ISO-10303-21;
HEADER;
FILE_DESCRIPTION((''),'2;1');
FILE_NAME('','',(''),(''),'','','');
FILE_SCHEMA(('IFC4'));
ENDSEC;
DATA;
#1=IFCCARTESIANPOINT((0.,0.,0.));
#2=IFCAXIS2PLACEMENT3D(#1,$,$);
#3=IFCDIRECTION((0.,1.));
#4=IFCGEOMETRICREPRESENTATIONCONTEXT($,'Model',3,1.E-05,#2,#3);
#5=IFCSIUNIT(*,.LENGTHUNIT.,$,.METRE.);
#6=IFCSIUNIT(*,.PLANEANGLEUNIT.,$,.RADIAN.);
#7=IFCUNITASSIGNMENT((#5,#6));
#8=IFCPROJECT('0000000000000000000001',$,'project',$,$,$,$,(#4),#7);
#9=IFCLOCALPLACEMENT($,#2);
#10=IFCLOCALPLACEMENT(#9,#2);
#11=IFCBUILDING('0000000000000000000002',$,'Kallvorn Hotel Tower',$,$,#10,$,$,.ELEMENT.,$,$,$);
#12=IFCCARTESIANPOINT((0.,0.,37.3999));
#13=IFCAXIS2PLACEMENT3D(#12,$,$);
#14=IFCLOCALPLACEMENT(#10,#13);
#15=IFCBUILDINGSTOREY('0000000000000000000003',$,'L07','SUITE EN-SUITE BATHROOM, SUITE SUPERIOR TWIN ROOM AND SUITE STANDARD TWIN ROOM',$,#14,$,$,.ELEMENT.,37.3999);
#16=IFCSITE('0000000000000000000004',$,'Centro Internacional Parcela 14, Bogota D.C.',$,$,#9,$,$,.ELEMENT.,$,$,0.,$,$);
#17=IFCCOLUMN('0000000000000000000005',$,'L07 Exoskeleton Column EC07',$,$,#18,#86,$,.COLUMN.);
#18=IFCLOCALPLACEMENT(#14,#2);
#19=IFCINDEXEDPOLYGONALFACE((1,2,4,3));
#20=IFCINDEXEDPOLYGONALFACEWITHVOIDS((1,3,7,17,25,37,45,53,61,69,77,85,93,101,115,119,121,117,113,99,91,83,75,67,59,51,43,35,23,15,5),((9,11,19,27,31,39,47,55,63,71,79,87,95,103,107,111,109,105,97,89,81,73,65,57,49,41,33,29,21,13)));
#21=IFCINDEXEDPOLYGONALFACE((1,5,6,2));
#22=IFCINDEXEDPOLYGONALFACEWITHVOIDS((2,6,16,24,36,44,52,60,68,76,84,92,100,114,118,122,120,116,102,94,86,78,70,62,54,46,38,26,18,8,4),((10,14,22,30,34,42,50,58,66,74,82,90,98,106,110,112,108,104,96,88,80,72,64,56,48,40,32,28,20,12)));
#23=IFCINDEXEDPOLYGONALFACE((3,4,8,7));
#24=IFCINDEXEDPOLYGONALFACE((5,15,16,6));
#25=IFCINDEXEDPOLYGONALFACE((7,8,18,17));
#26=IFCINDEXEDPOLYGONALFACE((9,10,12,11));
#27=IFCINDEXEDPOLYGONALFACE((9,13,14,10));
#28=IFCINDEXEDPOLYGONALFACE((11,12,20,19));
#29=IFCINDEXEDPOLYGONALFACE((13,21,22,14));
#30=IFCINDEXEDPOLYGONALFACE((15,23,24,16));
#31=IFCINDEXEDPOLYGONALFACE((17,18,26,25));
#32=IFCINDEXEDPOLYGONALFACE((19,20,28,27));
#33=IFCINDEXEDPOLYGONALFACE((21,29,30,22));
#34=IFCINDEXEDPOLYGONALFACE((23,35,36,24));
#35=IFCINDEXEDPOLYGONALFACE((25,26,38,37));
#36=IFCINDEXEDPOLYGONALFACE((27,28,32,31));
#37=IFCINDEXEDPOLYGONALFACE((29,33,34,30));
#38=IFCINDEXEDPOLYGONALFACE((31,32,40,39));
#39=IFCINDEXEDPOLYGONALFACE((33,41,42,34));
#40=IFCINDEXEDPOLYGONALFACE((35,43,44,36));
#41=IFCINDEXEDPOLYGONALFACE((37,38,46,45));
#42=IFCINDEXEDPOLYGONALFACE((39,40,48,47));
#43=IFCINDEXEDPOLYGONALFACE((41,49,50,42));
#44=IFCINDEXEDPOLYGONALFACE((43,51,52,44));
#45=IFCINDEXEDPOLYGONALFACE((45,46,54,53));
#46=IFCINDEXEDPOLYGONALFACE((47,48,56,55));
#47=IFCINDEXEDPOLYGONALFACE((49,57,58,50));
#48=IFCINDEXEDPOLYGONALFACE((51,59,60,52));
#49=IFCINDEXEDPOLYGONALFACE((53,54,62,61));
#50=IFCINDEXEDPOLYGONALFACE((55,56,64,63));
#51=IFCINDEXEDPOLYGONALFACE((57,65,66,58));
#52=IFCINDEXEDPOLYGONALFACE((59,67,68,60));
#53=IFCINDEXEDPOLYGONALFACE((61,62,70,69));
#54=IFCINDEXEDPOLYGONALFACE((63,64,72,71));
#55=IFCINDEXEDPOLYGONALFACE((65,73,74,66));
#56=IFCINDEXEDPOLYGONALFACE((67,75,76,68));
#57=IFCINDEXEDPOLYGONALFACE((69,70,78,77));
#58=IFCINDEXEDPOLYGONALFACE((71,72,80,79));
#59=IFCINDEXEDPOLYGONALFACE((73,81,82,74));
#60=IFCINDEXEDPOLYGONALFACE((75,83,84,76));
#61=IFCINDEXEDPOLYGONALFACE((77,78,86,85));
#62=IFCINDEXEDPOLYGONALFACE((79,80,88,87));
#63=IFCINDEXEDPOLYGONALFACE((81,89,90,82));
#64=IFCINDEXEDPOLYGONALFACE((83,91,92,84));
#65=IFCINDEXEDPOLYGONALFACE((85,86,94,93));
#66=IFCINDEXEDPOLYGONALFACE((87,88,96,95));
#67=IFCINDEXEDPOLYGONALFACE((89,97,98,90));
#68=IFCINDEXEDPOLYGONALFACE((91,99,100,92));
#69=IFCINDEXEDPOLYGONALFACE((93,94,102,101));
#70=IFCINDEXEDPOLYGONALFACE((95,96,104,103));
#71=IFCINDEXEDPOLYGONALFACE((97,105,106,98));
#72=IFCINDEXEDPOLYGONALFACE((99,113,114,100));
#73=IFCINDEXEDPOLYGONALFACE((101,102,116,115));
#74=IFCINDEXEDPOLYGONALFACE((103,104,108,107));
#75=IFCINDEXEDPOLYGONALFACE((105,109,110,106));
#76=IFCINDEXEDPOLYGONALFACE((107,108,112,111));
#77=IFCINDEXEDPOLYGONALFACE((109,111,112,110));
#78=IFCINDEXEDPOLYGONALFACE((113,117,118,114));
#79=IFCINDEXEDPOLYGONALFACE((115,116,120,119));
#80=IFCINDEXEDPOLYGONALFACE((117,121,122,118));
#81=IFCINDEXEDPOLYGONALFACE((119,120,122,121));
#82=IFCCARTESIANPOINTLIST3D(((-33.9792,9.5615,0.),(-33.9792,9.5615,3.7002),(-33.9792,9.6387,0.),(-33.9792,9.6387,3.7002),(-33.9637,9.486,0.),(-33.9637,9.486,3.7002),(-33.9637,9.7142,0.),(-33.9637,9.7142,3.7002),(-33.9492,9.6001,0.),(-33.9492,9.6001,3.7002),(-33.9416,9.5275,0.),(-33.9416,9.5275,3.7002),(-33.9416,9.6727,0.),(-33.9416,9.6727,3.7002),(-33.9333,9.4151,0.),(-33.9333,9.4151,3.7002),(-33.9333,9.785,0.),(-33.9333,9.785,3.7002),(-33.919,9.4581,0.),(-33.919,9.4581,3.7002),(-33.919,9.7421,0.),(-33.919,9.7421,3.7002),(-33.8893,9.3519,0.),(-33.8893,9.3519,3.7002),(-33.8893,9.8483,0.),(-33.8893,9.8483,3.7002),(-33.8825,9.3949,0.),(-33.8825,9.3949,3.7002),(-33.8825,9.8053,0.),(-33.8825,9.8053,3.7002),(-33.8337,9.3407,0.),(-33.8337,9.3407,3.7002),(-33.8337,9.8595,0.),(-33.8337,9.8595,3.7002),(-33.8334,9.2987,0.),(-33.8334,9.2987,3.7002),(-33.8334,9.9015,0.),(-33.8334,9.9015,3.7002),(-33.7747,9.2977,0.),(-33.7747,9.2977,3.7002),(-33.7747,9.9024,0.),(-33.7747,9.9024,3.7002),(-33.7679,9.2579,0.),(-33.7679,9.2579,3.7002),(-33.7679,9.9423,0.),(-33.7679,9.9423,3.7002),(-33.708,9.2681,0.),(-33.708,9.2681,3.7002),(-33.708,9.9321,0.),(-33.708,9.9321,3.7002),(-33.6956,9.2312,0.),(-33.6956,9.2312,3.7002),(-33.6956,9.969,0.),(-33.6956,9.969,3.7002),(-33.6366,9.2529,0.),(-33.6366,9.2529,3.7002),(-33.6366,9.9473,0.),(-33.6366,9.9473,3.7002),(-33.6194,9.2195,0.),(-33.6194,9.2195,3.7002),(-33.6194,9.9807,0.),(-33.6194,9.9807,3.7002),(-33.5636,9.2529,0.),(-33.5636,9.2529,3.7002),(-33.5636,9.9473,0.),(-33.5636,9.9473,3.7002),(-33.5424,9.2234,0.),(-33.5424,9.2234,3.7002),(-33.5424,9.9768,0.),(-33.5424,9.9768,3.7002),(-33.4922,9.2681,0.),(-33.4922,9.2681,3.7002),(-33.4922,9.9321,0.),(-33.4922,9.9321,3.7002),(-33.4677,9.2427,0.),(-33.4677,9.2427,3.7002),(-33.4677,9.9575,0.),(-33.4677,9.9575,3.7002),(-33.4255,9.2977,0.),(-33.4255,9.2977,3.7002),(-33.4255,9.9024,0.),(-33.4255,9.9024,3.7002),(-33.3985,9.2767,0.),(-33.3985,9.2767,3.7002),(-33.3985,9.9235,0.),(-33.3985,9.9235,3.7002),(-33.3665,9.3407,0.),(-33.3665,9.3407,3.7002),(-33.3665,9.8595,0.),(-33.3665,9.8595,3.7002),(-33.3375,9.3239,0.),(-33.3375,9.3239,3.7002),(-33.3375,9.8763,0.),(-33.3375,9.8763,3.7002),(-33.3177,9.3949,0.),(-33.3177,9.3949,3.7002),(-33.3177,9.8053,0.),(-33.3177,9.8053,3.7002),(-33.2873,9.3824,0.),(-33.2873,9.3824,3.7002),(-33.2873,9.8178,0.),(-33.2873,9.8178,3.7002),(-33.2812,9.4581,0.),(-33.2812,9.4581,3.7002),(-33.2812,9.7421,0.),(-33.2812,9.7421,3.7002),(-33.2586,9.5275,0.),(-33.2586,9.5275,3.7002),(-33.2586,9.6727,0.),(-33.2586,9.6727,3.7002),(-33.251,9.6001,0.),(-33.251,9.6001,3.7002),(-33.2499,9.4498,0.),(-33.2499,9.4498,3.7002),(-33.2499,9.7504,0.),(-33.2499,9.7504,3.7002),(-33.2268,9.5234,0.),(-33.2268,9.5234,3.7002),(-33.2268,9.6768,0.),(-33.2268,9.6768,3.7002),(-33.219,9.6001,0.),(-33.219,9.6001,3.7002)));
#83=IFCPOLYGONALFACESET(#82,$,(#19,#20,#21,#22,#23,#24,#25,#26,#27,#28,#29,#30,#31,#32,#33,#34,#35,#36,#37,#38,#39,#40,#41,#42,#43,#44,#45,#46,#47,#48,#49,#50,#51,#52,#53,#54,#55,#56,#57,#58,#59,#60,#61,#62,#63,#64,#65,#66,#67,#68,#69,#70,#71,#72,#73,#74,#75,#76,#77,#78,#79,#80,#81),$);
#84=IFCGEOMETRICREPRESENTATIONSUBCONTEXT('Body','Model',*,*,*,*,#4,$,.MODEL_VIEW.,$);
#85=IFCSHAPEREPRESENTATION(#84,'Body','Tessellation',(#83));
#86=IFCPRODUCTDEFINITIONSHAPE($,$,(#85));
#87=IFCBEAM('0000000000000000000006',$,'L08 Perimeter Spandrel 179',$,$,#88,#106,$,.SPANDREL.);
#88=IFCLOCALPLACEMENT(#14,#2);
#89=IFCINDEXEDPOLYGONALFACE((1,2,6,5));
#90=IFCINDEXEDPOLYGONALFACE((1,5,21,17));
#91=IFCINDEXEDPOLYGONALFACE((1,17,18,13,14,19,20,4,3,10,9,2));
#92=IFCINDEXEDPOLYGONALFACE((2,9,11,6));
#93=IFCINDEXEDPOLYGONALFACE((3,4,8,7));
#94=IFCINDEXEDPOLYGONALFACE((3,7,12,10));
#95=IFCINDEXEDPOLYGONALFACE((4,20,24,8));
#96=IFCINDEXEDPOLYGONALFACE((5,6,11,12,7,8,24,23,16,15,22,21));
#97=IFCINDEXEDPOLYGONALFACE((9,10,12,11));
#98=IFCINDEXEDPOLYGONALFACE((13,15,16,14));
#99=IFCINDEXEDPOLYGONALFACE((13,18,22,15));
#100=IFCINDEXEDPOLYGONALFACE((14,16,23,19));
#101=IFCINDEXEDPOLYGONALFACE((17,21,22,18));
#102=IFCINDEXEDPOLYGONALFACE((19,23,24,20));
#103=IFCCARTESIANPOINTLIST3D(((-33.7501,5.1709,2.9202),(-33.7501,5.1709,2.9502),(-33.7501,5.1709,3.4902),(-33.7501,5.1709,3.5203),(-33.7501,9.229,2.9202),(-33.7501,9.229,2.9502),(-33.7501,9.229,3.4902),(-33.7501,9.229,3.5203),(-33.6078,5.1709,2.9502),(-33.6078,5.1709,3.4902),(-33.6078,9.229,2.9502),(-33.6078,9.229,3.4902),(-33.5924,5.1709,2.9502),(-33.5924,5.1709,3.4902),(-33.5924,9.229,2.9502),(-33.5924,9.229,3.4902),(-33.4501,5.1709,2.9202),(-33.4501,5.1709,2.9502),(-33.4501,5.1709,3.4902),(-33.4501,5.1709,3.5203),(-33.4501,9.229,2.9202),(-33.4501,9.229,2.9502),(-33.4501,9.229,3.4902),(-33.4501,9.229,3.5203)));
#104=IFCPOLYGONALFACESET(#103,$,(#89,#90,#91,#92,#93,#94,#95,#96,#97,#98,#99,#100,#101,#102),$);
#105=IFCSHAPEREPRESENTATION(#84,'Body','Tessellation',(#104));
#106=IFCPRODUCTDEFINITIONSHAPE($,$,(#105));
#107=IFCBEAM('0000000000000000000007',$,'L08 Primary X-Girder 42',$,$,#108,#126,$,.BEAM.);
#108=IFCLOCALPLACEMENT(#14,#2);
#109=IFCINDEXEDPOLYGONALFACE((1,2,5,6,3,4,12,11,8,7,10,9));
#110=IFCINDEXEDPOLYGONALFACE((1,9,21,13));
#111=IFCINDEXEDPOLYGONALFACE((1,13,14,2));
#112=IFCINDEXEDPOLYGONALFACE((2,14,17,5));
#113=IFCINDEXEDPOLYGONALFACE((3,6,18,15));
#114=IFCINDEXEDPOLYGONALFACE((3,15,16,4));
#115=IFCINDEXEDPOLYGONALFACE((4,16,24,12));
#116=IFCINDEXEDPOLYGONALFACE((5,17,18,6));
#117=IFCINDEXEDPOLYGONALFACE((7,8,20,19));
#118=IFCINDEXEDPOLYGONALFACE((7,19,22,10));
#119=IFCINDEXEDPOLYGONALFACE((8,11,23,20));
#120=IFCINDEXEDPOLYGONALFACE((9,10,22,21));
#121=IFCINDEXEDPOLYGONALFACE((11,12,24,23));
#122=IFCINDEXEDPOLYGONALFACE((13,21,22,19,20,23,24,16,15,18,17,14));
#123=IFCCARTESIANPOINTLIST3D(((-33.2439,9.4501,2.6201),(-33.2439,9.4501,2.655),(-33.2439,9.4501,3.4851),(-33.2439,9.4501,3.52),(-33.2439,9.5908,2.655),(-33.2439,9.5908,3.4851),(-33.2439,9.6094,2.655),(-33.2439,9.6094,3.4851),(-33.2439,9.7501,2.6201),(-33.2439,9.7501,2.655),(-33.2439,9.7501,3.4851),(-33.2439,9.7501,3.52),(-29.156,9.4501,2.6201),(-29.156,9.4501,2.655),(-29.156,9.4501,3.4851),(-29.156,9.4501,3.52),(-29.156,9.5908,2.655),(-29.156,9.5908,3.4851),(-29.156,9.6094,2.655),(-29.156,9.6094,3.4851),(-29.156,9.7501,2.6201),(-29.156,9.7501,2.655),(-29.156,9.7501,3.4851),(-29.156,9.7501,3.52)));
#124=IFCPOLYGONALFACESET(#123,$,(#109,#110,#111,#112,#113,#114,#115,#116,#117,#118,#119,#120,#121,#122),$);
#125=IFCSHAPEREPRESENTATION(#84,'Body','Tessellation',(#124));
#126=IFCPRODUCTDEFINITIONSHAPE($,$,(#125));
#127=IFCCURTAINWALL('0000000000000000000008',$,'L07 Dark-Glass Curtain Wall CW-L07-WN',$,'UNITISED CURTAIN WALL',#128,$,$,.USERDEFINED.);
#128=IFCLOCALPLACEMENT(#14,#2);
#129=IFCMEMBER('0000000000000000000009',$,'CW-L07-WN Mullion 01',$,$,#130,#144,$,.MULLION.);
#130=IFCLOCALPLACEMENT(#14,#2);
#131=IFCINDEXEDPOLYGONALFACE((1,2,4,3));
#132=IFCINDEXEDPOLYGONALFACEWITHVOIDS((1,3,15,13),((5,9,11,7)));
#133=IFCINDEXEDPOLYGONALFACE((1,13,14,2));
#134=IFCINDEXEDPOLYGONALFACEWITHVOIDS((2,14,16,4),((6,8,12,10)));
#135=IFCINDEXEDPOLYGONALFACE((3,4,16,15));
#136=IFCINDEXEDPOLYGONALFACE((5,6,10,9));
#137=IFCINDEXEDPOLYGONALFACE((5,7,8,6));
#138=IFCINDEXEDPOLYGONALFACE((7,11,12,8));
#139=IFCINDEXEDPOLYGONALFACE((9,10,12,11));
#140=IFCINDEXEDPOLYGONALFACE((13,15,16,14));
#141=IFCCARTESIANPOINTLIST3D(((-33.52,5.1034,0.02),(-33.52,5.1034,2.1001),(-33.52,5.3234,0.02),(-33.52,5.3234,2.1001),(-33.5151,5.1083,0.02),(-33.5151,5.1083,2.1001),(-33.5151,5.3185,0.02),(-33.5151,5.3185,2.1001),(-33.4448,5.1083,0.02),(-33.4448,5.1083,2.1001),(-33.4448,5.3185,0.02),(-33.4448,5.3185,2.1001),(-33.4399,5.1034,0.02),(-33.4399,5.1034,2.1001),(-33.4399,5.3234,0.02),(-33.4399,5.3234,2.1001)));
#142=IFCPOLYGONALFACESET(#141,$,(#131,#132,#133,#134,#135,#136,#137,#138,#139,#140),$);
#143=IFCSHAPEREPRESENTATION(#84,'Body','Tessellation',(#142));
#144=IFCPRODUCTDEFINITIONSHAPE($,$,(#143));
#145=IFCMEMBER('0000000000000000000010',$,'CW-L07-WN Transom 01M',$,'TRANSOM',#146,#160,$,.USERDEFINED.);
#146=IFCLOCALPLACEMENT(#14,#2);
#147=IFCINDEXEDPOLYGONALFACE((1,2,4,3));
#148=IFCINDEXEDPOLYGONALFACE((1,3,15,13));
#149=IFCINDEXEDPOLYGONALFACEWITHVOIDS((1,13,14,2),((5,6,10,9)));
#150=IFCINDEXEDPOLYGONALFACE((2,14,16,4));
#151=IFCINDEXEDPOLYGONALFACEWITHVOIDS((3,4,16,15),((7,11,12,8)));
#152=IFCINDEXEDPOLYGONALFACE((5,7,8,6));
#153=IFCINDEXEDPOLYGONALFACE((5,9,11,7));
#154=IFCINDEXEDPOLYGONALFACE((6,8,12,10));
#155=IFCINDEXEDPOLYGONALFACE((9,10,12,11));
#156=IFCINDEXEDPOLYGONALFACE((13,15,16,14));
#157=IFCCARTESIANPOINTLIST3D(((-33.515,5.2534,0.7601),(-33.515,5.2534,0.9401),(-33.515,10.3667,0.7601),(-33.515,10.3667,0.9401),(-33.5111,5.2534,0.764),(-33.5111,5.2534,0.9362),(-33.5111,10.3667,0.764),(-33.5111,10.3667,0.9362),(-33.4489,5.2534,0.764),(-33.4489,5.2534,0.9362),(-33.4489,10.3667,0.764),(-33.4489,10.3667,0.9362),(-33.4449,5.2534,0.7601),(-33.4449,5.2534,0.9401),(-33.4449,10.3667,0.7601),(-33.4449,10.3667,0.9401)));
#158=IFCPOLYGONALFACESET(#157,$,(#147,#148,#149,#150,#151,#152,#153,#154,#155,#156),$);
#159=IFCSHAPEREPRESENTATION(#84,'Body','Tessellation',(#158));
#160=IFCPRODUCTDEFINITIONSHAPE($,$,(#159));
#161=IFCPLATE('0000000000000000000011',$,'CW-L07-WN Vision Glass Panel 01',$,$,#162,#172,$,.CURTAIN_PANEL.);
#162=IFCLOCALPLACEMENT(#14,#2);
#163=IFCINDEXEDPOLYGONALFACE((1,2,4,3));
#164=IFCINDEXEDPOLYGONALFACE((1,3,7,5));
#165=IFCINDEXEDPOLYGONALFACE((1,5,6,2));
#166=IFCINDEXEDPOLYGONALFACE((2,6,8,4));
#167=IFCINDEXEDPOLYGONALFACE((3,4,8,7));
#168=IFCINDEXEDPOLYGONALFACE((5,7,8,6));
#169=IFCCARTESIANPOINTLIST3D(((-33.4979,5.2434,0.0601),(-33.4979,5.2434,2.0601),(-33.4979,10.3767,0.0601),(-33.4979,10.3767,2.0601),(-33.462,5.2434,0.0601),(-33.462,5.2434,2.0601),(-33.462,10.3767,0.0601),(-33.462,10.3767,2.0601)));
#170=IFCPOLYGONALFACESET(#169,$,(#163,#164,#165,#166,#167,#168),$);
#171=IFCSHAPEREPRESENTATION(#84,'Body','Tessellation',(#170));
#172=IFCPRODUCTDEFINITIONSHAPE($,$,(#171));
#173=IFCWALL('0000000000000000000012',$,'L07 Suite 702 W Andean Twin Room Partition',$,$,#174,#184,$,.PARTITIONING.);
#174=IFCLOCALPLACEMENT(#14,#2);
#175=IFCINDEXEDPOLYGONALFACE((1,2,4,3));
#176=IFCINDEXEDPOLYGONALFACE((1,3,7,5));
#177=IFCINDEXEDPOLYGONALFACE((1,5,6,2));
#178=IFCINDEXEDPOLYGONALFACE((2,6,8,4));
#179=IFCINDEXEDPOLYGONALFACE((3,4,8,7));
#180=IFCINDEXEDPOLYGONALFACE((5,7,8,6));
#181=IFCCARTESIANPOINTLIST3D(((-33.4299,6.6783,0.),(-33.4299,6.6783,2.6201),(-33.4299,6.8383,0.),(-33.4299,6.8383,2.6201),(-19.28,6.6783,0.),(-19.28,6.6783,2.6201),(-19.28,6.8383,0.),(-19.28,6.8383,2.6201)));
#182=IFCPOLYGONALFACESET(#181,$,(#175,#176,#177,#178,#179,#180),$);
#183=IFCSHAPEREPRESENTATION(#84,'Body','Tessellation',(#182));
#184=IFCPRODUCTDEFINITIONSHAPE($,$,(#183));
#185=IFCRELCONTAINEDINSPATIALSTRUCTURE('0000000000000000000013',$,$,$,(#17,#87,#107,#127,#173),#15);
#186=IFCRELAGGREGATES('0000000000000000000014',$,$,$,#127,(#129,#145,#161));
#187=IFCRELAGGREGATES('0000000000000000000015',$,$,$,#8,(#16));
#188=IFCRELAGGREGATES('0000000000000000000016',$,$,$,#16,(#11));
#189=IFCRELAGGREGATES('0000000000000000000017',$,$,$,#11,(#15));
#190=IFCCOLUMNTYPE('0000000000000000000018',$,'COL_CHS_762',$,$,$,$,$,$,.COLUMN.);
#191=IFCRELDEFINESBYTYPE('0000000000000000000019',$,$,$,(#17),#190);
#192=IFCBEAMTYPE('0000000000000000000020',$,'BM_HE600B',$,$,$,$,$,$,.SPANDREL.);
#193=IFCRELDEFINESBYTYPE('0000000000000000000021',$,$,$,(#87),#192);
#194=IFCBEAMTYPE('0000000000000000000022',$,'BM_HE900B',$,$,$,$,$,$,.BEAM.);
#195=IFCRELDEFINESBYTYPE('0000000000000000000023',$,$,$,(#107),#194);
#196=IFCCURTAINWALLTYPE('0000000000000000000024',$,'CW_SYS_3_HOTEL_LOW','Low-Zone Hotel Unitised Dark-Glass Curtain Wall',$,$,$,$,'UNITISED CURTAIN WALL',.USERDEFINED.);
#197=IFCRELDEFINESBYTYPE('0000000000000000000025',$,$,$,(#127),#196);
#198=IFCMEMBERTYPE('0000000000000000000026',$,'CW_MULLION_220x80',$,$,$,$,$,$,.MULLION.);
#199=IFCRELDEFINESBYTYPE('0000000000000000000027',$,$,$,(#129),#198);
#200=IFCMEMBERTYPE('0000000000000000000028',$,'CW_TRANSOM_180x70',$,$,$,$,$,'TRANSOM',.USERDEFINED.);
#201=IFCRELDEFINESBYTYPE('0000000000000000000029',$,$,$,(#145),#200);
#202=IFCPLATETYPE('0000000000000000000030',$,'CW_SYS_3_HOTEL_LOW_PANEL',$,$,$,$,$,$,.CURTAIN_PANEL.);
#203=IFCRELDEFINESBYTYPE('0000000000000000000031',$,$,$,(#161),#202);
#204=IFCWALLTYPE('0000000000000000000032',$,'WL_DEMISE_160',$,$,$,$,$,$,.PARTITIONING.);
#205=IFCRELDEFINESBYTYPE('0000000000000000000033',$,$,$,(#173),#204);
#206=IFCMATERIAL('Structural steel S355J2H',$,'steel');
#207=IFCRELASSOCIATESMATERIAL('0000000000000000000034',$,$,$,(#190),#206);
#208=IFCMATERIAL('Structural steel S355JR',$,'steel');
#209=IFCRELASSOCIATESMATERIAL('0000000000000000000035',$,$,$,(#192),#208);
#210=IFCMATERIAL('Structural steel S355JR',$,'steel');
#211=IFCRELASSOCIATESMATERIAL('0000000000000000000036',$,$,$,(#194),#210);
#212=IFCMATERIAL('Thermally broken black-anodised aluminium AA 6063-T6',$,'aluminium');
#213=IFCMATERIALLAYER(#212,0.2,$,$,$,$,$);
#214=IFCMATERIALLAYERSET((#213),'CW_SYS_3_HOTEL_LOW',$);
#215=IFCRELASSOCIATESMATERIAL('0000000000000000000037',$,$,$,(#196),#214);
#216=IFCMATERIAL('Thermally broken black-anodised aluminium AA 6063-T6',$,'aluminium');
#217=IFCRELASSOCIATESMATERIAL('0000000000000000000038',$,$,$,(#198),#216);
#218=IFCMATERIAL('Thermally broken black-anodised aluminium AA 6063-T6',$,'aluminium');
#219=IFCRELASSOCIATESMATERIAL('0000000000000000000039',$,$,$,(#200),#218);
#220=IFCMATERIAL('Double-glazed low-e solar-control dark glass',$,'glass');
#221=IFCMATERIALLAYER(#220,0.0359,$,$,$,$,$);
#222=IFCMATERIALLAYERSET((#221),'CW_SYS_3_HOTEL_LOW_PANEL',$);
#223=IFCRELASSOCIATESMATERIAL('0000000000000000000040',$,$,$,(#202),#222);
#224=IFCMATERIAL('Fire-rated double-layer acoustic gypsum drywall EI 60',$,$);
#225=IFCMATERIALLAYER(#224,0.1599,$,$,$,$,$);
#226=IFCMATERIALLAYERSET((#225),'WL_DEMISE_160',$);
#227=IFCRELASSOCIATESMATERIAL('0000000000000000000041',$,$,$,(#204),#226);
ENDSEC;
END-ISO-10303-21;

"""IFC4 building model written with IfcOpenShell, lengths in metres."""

from ifc_helpers import new_model, si_unit, direction, frame, frame_2d, origin, origin_2d, place, context, subcontext, project, spatial, rectangle, hollow_rectangle, hollow_circle, i_section, extrude, material, layer, layer_set, material_profile, profile_set, type_object, element, aggregate, save


model = new_model("IFC4")

# Units and contexts
model_context = context("Model", 3, precision=1e-05, world=origin(), true_north=direction((0.0, 1.0)))
body_context = subcontext(model_context, "Body", "Model", "MODEL_VIEW")
ifc_project = project(units=[si_unit("LENGTHUNIT", "METRE"), si_unit("PLANEANGLEUNIT", "RADIAN")], contexts=[model_context])

# Site, building, storey
site_placement = place(None, origin())
site = spatial("IfcSite", under=ifc_project, at=site_placement, Name="Centro Internacional Parcela 14, Bogota D.C.", CompositionType="ELEMENT", RefElevation=0.0)
building_placement = place(site_placement, origin())
building = spatial("IfcBuilding", under=site, at=building_placement, Name="Kallvorn Hotel Tower", CompositionType="ELEMENT")
storey_placement = place(building_placement, frame((0.0, 0.0, 37.3999)))
storey = spatial("IfcBuildingStorey", under=building, at=storey_placement, Name="L07", Description="SUITE EN-SUITE BATHROOM, SUITE SUPERIOR TWIN ROOM AND SUITE STANDARD TWIN ROOM", CompositionType="ELEMENT", Elevation=37.3999)

# Column
ifc_material_1 = material(Name="Structural steel S355J2H", Category="steel")
ifc_material_profile_1 = material_profile(ifc_material_1, hollow_circle(Radius=0.3811, WallThickness=0.032, at=origin_2d()), Name="CHS 762x32")
ifc_profile_set_1 = profile_set([ifc_material_profile_1], Name="Structural steel S355J2H")
column_type = type_object("IfcColumnType", Name="COL_CHS_762", PredefinedType="COLUMN", material=ifc_profile_set_1)
column_placement = place(storey_placement, frame((-33.6001, 9.6001, 0.0), z_axis=(0.0, 0.0, 1.0), x_axis=(1.0, 0.0, 0.0)))
element("IfcColumn", 1, at=column_placement, inside=storey, type_object=column_type, Name="L07 Exoskeleton Column EC07", PredefinedType="COLUMN", context=body_context, shape_type="SweptSolid", body=[
    extrude(hollow_circle(Radius=0.3811, WallThickness=0.032, at=origin_2d()), origin(), (0.0, 0.0, 1.0), 3.7002),
])

# Beams
ifc_material_2 = material(Name="Structural steel S355JR", Category="steel")
ifc_material_profile_2 = material_profile(ifc_material_2, i_section(OverallWidth=0.3, OverallDepth=0.6001, WebThickness=0.0154, FlangeThickness=0.03, at=origin_2d()), Name="HE 600 B")
ifc_profile_set_2 = profile_set([ifc_material_profile_2], Name="Structural steel S355JR")
beam_type_1 = type_object("IfcBeamType", Name="BM_HE600B", PredefinedType="SPANDREL", material=ifc_profile_set_2)
beam_1_placement = place(storey_placement, frame((-33.6001, 5.1709, 3.2202), z_axis=(0.0, 1.0, 0.0), x_axis=(-1.0, 0.0, 0.0)))
element("IfcBeam", 2, at=beam_1_placement, inside=storey, type_object=beam_type_1, Name="L08 Perimeter Spandrel 179", PredefinedType="SPANDREL", context=body_context, shape_type="SweptSolid", body=[
    extrude(i_section(OverallWidth=0.3, OverallDepth=0.6001, WebThickness=0.0154, FlangeThickness=0.03, at=origin_2d()), origin(), (0.0, 0.0, 1.0), 4.0581),
])
ifc_material_3 = material(Name="Structural steel S355JR", Category="steel")
ifc_material_profile_3 = material_profile(ifc_material_3, i_section(OverallWidth=0.3, OverallDepth=0.8999, WebThickness=0.0186, FlangeThickness=0.0349, at=origin_2d()), Name="HE 900 B")
ifc_profile_set_3 = profile_set([ifc_material_profile_3], Name="Structural steel S355JR")
beam_type_2 = type_object("IfcBeamType", Name="BM_HE900B", PredefinedType="BEAM", material=ifc_profile_set_3)
beam_2_placement = place(storey_placement, frame((-33.2439, 9.6001, 3.0701), z_axis=(1.0, 0.0, 0.0), x_axis=(0.0, 1.0, 0.0)))
element("IfcBeam", 3, at=beam_2_placement, inside=storey, type_object=beam_type_2, Name="L08 Primary X-Girder 42", PredefinedType="BEAM", context=body_context, shape_type="SweptSolid", body=[
    extrude(i_section(OverallWidth=0.3, OverallDepth=0.8999, WebThickness=0.0186, FlangeThickness=0.0349, at=origin_2d()), origin(), (0.0, 0.0, 1.0), 4.0879),
])

# Curtain wall, members, plate
ifc_material_4 = material(Name="Thermally broken black-anodised aluminium AA 6063-T6", Category="aluminium")
ifc_layer_1 = layer(ifc_material_4, 0.2)
ifc_layer_set_1 = layer_set([ifc_layer_1], Name="CW_SYS_3_HOTEL_LOW")
curtain_wall_type = type_object("IfcCurtainWallType", Name="CW_SYS_3_HOTEL_LOW", Description="Low-Zone Hotel Unitised Dark-Glass Curtain Wall", ElementType="UNITISED CURTAIN WALL", PredefinedType="USERDEFINED", material=ifc_layer_set_1)
curtain_wall_placement = place(storey_placement, origin())
curtain_wall = element("IfcCurtainWall", 4, at=curtain_wall_placement, inside=storey, type_object=curtain_wall_type, Name="L07 Dark-Glass Curtain Wall CW-L07-WN", ObjectType="UNITISED CURTAIN WALL", PredefinedType="USERDEFINED")
ifc_material_5 = material(Name="Thermally broken black-anodised aluminium AA 6063-T6", Category="aluminium")
ifc_material_profile_4 = material_profile(ifc_material_5, hollow_rectangle(XDim=0.0801, YDim=0.22, WallThickness=0.0049, at=origin_2d()), Name="MUL 220x80")
ifc_profile_set_4 = profile_set([ifc_material_profile_4], Name="Thermally broken black-anodised aluminium AA 6063-T6")
member_type_1 = type_object("IfcMemberType", Name="CW_MULLION_220x80", PredefinedType="MULLION", material=ifc_profile_set_4)
member_1_placement = place(storey_placement, frame((-33.48, 5.2134, 0.02), z_axis=(0.0, 0.0, 1.0), x_axis=(1.0, 0.0, 0.0)))
member_1 = element("IfcMember", 5, at=member_1_placement, type_object=member_type_1, Name="CW-L07-WN Mullion 01", PredefinedType="MULLION", context=body_context, shape_type="SweptSolid", body=[
    extrude(hollow_rectangle(XDim=0.0801, YDim=0.22, WallThickness=0.0049, at=origin_2d()), origin(), (0.0, 0.0, 1.0), 2.0801),
])
ifc_material_6 = material(Name="Thermally broken black-anodised aluminium AA 6063-T6", Category="aluminium")
ifc_material_profile_5 = material_profile(ifc_material_6, hollow_rectangle(XDim=0.0701, YDim=0.1799, WallThickness=0.0039, at=origin_2d()), Name="TRN 180x70")
ifc_profile_set_5 = profile_set([ifc_material_profile_5], Name="Thermally broken black-anodised aluminium AA 6063-T6")
member_type_2 = type_object("IfcMemberType", Name="CW_TRANSOM_180x70", ElementType="TRANSOM", PredefinedType="USERDEFINED", material=ifc_profile_set_5)
member_2_placement = place(storey_placement, frame((-33.48, 5.2534, 0.8501), z_axis=(0.0, 1.0, 0.0), x_axis=(-1.0, 0.0, 0.0)))
member_2 = element("IfcMember", 6, at=member_2_placement, type_object=member_type_2, Name="CW-L07-WN Transom 01M", ObjectType="TRANSOM", PredefinedType="USERDEFINED", context=body_context, shape_type="SweptSolid", body=[
    extrude(hollow_rectangle(XDim=0.0701, YDim=0.1799, WallThickness=0.0039, at=origin_2d()), origin(), (0.0, 0.0, 1.0), 5.1133),
])
ifc_material_7 = material(Name="Double-glazed low-e solar-control dark glass", Category="glass")
ifc_layer_2 = layer(ifc_material_7, 0.0359)
ifc_layer_set_2 = layer_set([ifc_layer_2], Name="CW_SYS_3_HOTEL_LOW_PANEL")
plate_type = type_object("IfcPlateType", Name="CW_SYS_3_HOTEL_LOW_PANEL", PredefinedType="CURTAIN_PANEL", material=ifc_layer_set_2)
plate_placement = place(storey_placement, frame((-33.48, 7.8101, 0.0601), z_axis=(0.0, 0.0, 1.0), x_axis=(0.0, 1.0, 0.0)))
plate = element("IfcPlate", 7, at=plate_placement, type_object=plate_type, Name="CW-L07-WN Vision Glass Panel 01", PredefinedType="CURTAIN_PANEL", context=body_context, shape_type="SweptSolid", body=[
    extrude(rectangle(XDim=5.1333, YDim=0.0359, at=origin_2d()), origin(), (0.0, 0.0, 1.0), 2.0),
])
aggregate(curtain_wall, [member_1, member_2, plate])

# Wall
ifc_material_8 = material(Name="Fire-rated double-layer acoustic gypsum drywall EI 60")
ifc_layer_3 = layer(ifc_material_8, 0.1599)
ifc_layer_set_3 = layer_set([ifc_layer_3], Name="WL_DEMISE_160")
wall_type = type_object("IfcWallType", Name="WL_DEMISE_160", PredefinedType="PARTITIONING", material=ifc_layer_set_3)
wall_1_placement = place(storey_placement, frame((-33.4299, 6.7583, 0.0), z_axis=(0.0, 0.0, 1.0), x_axis=(1.0, 0.0, 0.0)))
element("IfcWall", 8, at=wall_1_placement, inside=storey, type_object=wall_type, Name="L07 Suite 702 W Andean Twin Room Partition", PredefinedType="PARTITIONING", context=body_context, shape_type="SweptSolid", body=[
    extrude(rectangle(XDim=14.1499, YDim=0.1599, at=frame_2d((7.075, 0.0))), origin(), (0.0, 0.0, 1.0), 2.6201),
])

save(model, "model.ifc")
